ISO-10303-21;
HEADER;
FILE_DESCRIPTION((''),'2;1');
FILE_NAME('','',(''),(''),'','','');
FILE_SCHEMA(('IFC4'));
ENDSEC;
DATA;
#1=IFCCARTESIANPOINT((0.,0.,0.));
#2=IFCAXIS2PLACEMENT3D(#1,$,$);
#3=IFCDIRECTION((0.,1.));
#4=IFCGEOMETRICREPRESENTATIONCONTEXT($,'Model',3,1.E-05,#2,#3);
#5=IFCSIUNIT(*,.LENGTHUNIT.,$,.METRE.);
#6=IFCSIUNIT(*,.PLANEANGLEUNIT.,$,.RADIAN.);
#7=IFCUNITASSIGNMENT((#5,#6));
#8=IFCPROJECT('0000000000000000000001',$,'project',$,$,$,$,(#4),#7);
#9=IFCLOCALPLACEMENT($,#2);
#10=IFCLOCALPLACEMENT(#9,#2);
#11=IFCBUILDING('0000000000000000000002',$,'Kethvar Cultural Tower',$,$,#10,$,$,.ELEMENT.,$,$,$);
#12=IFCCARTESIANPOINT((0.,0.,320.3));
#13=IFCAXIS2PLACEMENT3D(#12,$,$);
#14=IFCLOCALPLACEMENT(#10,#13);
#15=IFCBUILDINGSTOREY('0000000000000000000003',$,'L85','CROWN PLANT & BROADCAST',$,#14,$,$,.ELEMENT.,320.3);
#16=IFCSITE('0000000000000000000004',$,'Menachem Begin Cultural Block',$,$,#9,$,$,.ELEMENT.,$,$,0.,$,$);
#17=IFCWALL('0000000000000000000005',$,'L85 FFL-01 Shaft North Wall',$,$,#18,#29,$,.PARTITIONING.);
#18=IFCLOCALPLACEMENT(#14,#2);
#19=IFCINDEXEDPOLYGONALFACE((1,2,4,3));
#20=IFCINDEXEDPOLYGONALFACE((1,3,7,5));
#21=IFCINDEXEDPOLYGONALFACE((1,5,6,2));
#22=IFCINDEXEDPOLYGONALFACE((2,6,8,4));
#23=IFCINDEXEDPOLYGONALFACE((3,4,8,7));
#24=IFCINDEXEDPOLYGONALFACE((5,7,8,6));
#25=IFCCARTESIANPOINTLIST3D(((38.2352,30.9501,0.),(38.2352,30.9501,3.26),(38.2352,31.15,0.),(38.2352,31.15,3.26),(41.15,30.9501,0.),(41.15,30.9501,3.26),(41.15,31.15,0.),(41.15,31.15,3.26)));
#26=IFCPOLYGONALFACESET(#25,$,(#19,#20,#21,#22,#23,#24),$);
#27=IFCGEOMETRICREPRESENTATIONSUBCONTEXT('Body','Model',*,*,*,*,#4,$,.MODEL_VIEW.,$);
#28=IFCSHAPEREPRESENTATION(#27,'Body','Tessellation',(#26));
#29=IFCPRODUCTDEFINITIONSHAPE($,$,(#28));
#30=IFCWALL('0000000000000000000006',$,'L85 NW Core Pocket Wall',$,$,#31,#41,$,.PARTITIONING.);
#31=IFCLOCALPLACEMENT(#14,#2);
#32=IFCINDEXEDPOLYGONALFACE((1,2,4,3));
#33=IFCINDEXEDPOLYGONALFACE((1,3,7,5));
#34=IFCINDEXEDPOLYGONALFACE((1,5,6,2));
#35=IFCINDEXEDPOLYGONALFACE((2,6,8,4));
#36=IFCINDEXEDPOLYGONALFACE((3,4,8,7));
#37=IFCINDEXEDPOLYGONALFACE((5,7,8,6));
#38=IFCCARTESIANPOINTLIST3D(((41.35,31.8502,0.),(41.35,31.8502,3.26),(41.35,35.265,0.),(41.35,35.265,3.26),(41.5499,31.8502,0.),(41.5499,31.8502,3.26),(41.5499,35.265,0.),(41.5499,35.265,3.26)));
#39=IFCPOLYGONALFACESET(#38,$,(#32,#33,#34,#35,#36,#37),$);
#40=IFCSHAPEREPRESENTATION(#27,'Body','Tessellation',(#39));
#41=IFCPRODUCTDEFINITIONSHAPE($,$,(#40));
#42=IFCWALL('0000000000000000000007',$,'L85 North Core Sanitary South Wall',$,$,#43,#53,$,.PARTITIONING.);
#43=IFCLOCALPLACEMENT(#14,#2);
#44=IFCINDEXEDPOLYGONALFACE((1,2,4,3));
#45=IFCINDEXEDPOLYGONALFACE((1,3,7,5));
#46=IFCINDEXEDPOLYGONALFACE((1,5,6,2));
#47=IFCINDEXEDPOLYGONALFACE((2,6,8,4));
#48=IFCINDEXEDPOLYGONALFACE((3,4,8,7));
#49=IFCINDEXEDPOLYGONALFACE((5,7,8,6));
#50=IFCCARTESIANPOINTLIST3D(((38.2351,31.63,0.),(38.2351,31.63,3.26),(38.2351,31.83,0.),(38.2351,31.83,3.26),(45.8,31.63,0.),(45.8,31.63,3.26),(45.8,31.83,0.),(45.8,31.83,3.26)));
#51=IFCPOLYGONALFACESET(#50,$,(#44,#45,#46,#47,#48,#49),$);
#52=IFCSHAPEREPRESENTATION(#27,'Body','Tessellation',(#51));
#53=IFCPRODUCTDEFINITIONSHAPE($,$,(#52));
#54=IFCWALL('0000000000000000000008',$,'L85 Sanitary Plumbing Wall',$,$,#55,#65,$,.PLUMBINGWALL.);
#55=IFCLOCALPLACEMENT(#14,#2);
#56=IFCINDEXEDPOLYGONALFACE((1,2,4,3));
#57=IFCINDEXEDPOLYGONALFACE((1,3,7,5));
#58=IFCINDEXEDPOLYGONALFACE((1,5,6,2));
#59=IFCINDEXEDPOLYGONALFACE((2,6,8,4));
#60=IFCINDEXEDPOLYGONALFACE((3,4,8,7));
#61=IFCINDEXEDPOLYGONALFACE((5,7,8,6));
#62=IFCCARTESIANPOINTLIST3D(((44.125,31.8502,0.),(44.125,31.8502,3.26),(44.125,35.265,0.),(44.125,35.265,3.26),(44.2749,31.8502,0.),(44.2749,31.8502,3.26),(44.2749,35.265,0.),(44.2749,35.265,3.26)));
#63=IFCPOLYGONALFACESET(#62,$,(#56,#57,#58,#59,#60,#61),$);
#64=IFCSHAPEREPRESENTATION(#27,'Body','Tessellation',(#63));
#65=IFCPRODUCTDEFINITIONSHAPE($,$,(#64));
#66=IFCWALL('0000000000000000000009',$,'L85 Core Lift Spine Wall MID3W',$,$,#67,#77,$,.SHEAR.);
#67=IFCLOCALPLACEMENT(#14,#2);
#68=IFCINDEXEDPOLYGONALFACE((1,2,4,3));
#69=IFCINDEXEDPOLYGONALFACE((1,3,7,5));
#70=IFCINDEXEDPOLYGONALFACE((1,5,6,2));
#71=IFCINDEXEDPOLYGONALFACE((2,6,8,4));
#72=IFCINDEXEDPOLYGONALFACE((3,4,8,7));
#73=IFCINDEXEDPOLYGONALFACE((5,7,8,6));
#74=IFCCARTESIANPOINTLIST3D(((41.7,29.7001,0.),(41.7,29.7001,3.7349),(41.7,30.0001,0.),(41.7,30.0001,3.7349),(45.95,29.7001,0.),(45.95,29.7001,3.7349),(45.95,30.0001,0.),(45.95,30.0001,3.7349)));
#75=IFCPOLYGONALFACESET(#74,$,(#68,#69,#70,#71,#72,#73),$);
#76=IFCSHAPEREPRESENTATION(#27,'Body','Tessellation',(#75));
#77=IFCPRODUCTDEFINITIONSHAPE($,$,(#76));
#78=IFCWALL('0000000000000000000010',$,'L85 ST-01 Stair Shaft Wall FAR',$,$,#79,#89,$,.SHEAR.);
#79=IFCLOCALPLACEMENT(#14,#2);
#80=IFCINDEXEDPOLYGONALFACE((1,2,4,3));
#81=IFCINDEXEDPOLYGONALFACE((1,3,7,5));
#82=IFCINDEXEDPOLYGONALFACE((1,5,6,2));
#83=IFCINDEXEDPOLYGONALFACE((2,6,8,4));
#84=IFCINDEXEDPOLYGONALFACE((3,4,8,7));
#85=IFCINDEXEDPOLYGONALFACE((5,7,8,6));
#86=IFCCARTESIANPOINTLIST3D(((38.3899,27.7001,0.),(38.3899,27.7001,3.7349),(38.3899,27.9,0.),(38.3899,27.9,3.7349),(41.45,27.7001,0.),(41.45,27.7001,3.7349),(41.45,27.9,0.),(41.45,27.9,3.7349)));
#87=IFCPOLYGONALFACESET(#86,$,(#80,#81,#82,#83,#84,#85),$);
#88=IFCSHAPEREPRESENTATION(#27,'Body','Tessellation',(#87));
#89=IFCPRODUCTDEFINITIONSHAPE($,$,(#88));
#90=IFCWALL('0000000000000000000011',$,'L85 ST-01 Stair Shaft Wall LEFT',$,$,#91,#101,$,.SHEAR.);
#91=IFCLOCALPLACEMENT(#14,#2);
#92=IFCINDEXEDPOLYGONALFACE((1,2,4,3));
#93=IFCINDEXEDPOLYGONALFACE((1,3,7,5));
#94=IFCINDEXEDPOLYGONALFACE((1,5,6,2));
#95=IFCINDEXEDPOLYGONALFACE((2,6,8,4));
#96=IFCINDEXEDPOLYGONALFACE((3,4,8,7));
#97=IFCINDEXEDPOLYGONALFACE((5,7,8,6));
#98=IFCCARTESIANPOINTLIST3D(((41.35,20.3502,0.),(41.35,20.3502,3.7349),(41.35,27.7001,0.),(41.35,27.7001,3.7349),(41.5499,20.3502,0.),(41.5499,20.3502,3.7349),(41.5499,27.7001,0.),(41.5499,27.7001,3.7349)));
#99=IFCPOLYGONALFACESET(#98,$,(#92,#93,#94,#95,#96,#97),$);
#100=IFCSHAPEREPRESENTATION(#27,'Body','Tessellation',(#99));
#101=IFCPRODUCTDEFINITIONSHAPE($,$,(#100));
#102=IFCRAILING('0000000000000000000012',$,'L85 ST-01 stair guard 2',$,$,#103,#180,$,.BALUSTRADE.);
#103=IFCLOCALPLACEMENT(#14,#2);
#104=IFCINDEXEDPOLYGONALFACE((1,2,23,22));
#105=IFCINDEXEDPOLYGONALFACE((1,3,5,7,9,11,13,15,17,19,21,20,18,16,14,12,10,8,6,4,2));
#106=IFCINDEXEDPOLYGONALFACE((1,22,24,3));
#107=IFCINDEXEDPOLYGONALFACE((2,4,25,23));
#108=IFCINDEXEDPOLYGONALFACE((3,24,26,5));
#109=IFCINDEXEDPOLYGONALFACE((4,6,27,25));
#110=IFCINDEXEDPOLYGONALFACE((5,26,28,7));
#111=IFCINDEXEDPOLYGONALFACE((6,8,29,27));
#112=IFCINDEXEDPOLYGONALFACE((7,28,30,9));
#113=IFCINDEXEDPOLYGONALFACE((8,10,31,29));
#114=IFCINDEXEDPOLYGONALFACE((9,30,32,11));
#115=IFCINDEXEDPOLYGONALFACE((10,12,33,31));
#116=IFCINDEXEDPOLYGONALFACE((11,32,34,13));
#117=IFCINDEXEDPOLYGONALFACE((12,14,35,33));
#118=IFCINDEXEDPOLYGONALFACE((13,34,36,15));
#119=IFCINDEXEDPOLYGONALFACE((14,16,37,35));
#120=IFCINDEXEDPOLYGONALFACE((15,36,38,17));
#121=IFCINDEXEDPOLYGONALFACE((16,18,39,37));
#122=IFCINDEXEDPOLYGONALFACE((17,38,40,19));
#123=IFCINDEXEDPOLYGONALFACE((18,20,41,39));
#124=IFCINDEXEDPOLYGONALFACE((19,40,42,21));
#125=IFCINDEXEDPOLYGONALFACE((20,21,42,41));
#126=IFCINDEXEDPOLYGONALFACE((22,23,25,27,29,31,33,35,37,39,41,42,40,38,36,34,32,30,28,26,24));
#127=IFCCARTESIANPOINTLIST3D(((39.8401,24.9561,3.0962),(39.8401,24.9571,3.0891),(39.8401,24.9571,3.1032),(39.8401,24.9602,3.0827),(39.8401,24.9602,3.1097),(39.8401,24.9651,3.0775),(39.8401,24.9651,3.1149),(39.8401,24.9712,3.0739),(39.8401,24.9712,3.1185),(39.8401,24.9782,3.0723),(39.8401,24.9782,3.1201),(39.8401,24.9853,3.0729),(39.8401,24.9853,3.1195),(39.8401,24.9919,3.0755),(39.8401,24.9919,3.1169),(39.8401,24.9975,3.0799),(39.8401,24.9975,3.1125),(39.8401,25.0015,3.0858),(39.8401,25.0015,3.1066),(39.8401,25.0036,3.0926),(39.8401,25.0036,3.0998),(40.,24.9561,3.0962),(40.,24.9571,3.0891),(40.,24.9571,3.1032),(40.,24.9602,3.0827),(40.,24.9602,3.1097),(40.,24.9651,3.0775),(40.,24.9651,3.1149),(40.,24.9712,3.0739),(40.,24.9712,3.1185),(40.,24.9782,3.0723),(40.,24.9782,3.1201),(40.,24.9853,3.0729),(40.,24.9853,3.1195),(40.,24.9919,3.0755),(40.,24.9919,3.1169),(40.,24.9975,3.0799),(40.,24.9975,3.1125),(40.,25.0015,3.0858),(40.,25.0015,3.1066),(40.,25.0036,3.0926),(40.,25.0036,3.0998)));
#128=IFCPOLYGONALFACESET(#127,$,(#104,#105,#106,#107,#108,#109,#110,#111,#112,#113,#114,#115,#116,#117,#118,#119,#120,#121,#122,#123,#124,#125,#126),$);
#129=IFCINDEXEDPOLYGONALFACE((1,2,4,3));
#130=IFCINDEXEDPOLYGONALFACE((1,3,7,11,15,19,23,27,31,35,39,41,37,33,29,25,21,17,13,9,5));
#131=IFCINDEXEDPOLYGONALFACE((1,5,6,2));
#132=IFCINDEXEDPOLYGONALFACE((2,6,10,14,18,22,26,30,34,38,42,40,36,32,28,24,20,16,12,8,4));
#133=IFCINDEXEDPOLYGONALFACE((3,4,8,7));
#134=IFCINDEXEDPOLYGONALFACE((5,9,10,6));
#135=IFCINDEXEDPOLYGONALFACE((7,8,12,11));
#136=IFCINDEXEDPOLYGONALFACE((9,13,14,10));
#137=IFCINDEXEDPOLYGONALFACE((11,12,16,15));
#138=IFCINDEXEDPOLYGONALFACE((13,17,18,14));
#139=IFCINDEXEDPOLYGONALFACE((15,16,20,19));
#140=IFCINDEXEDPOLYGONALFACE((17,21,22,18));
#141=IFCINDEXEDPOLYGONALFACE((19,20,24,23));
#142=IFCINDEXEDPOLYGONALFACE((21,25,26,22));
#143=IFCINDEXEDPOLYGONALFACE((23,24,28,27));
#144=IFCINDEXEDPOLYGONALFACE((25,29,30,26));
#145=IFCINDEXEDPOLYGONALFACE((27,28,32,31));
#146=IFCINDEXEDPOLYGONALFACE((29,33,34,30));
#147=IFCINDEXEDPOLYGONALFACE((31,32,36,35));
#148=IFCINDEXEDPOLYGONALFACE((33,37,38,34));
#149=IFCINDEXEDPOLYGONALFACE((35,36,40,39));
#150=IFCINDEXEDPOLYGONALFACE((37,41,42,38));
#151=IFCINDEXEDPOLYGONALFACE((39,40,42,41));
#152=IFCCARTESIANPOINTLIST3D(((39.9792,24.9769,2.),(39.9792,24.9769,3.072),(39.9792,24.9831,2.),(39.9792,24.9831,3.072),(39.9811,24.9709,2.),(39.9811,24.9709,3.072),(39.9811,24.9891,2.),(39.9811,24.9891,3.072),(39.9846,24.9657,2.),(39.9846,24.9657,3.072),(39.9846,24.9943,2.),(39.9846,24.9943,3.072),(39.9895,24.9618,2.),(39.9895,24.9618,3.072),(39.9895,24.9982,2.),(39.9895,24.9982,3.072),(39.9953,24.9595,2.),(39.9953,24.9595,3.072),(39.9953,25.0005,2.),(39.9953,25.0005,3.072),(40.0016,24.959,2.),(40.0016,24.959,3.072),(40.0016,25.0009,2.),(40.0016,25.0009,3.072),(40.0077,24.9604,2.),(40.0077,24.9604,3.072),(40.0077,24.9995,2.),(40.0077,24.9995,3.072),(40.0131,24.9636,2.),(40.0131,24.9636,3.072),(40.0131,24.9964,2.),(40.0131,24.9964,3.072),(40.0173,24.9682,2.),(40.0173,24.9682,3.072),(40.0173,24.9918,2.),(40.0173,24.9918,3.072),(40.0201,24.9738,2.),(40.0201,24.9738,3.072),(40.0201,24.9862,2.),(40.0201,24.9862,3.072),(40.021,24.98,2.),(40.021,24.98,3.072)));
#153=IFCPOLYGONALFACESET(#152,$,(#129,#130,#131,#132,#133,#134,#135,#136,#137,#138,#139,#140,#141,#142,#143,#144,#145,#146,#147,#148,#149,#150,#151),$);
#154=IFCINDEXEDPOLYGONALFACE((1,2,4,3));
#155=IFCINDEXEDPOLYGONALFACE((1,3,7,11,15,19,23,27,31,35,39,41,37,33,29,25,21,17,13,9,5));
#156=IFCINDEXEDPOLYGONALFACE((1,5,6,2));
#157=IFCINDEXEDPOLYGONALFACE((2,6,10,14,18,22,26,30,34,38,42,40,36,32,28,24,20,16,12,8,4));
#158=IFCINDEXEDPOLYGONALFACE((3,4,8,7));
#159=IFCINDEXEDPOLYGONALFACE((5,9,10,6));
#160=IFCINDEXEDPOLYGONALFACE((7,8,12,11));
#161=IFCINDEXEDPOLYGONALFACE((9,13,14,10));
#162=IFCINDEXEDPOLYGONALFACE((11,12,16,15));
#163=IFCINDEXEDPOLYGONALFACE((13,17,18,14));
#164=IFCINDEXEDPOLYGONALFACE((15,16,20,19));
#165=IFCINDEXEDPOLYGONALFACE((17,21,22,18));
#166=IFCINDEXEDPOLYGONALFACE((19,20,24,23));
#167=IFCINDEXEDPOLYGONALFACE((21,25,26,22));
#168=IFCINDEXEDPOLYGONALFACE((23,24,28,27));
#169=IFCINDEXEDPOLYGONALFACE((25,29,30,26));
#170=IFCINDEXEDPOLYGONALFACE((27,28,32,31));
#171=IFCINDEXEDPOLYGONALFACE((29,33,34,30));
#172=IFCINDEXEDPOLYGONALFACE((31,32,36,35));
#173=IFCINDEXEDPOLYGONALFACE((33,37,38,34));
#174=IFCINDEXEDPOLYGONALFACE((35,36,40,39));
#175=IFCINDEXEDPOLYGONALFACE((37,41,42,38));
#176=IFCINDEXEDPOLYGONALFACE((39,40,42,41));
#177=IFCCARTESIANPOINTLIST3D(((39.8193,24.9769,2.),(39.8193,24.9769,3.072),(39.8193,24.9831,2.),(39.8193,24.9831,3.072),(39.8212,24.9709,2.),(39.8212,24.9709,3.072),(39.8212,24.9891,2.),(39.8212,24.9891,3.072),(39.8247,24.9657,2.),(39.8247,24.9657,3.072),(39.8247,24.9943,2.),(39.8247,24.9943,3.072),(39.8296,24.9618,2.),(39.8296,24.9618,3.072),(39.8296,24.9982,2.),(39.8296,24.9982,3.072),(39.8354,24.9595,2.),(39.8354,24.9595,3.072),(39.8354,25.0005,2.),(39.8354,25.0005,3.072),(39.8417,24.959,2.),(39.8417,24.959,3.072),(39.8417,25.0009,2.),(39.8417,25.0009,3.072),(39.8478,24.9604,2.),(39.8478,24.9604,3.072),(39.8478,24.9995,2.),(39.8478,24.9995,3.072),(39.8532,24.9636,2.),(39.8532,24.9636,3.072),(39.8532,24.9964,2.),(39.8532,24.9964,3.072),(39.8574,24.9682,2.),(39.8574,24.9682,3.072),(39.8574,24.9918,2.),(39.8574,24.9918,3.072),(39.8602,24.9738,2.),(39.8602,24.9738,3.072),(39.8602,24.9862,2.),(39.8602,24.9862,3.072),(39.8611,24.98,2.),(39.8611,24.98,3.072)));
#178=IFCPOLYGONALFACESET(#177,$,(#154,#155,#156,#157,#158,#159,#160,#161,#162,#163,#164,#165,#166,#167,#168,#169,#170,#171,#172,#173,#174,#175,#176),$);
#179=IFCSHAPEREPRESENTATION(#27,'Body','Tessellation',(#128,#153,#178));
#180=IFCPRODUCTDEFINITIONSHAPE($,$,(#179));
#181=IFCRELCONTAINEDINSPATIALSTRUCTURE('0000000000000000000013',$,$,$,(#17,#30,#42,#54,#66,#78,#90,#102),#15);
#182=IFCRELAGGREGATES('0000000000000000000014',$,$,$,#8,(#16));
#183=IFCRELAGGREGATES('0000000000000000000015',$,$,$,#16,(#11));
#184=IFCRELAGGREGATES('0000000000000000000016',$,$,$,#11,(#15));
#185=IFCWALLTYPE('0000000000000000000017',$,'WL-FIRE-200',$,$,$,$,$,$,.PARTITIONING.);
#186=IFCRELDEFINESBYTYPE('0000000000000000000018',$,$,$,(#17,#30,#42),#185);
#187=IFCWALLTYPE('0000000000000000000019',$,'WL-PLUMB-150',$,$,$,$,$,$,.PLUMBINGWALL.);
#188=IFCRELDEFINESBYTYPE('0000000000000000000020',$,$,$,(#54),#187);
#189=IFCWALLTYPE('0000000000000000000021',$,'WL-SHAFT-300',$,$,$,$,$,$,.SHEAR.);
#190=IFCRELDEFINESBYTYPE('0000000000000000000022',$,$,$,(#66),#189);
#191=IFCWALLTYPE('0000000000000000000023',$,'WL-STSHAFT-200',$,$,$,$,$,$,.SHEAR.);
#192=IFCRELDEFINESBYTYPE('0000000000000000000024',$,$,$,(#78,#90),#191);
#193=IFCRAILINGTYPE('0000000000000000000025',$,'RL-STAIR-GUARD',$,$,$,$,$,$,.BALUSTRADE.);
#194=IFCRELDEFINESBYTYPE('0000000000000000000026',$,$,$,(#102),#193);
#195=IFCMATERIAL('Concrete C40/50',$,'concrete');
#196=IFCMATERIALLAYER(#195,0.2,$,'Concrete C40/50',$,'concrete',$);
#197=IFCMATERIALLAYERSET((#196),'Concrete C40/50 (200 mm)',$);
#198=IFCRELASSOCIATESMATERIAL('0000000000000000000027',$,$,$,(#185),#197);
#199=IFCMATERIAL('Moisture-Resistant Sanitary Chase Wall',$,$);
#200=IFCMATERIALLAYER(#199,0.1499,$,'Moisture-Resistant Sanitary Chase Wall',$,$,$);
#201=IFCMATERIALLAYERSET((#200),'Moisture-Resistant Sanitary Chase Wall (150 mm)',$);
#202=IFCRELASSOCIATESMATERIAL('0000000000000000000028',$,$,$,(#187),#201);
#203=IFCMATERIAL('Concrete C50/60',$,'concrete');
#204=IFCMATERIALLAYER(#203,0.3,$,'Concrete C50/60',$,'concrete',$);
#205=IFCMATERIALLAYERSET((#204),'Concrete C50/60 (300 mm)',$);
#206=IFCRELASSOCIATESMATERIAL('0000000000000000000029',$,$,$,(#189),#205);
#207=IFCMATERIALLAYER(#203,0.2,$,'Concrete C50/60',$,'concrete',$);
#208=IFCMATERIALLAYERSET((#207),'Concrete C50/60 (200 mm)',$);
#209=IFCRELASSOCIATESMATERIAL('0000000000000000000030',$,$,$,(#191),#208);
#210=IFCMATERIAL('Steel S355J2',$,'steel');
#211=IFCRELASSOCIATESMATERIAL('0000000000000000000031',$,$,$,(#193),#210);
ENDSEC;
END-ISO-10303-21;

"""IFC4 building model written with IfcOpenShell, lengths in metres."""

from ifc_helpers import new_model, si_unit, direction, frame, frame_2d, origin, origin_2d, place, context, subcontext, project, spatial, rectangle, circle, extrude, material, layer, layer_set, type_object, element, save


model = new_model("IFC4")

# Units and contexts
model_context = context("Model", 3, precision=1e-05, world=origin(), true_north=direction((0.0, 1.0)))
body_context = subcontext(model_context, "Body", "Model", "MODEL_VIEW")
ifc_project = project(units=[si_unit("LENGTHUNIT", "METRE"), si_unit("PLANEANGLEUNIT", "RADIAN")], contexts=[model_context])

# Site, building, storey
site_placement = place(None, origin())
site = spatial("IfcSite", under=ifc_project, at=site_placement, Name="Menachem Begin Cultural Block", CompositionType="ELEMENT", RefElevation=0.0)
building_placement = place(site_placement, origin())
building = spatial("IfcBuilding", under=site, at=building_placement, Name="Kethvar Cultural Tower", CompositionType="ELEMENT")
storey_placement = place(building_placement, frame((0.0, 0.0, 320.3)))
storey = spatial("IfcBuildingStorey", under=building, at=storey_placement, Name="L85", Description="CROWN PLANT & BROADCAST", CompositionType="ELEMENT", Elevation=320.3)

# Shared definitions
ifc_material_1 = material(Name="Steel S355J2", Category="steel")

# Shared definitions
ifc_material_2 = material(Name="Concrete C50/60", Category="concrete")

# Walls
ifc_material_3 = material(Name="Concrete C40/50", Category="concrete")
ifc_layer_1 = layer(ifc_material_3, 0.2, Name="Concrete C40/50", Category="concrete")
ifc_layer_set_1 = layer_set([ifc_layer_1], Name="Concrete C40/50 (200 mm)")
wall_type_1 = type_object("IfcWallType", Name="WL-FIRE-200", PredefinedType="PARTITIONING", material=ifc_layer_set_1)
for number, where, z_axis, x_axis, name in (
    (1, (38.2351, 31.05, 0.0), (0.0, 0.0, 1.0), (1.0, 0.0, 0.0), "L85 FFL-01 Shaft North Wall"),
):
    element("IfcWall", number, at=place(storey_placement, frame(where, z_axis=z_axis, x_axis=x_axis)), inside=storey, type_object=wall_type_1, Name=name, PredefinedType="PARTITIONING", context=body_context, shape_type="SweptSolid", body=[
        extrude(rectangle(XDim=2.9148, YDim=0.2, at=frame_2d((1.4575, 0.0))), origin(), (0.0, 0.0, 1.0), 3.26),
    ])
wall_1_placement = place(storey_placement, frame((41.45, 31.8501, 0.0), z_axis=(0.0, 0.0, 1.0), x_axis=(0.0, 1.0, 0.0)))
element("IfcWall", 2, at=wall_1_placement, inside=storey, type_object=wall_type_1, Name="L85 NW Core Pocket Wall", PredefinedType="PARTITIONING", context=body_context, shape_type="SweptSolid", body=[
    extrude(rectangle(XDim=3.4148, YDim=0.2, at=frame_2d((1.7075, 0.0))), origin(), (0.0, 0.0, 1.0), 3.26),
])
wall_2_placement = place(storey_placement, frame((38.2351, 31.73, 0.0), z_axis=(0.0, 0.0, 1.0), x_axis=(1.0, 0.0, 0.0)))
element("IfcWall", 3, at=wall_2_placement, inside=storey, type_object=wall_type_1, Name="L85 North Core Sanitary South Wall", PredefinedType="PARTITIONING", context=body_context, shape_type="SweptSolid", body=[
    extrude(rectangle(XDim=7.5649, YDim=0.2, at=frame_2d((3.7825, 0.0))), origin(), (0.0, 0.0, 1.0), 3.26),
])
ifc_material_4 = material(Name="Moisture-Resistant Sanitary Chase Wall")
ifc_layer_2 = layer(ifc_material_4, 0.1499, Name="Moisture-Resistant Sanitary Chase Wall")
ifc_layer_set_2 = layer_set([ifc_layer_2], Name="Moisture-Resistant Sanitary Chase Wall (150 mm)")
wall_type_2 = type_object("IfcWallType", Name="WL-PLUMB-150", PredefinedType="PLUMBINGWALL", material=ifc_layer_set_2)
wall_3_placement = place(storey_placement, frame((44.2, 31.8501, 0.0), z_axis=(0.0, 0.0, 1.0), x_axis=(0.0, 1.0, 0.0)))
element("IfcWall", 4, at=wall_3_placement, inside=storey, type_object=wall_type_2, Name="L85 Sanitary Plumbing Wall", PredefinedType="PLUMBINGWALL", context=body_context, shape_type="SweptSolid", body=[
    extrude(rectangle(XDim=3.4148, YDim=0.1499, at=frame_2d((1.7075, 0.0))), origin(), (0.0, 0.0, 1.0), 3.26),
])
ifc_layer_3 = layer(ifc_material_2, 0.3, Name="Concrete C50/60", Category="concrete")
ifc_layer_set_3 = layer_set([ifc_layer_3], Name="Concrete C50/60 (300 mm)")
wall_type_3 = type_object("IfcWallType", Name="WL-SHAFT-300", PredefinedType="SHEAR", material=ifc_layer_set_3)
wall_4_placement = place(storey_placement, frame((41.7, 29.8501, 0.0), z_axis=(0.0, 0.0, 1.0), x_axis=(1.0, 0.0, 0.0)))
element("IfcWall", 5, at=wall_4_placement, inside=storey, type_object=wall_type_3, Name="L85 Core Lift Spine Wall MID3W", PredefinedType="SHEAR", context=body_context, shape_type="SweptSolid", body=[
    extrude(rectangle(XDim=4.25, YDim=0.3, at=frame_2d((2.125, 0.0))), origin(), (0.0, 0.0, 1.0), 3.7349),
])
ifc_layer_4 = layer(ifc_material_2, 0.2, Name="Concrete C50/60", Category="concrete")
ifc_layer_set_4 = layer_set([ifc_layer_4], Name="Concrete C50/60 (200 mm)")
wall_type_4 = type_object("IfcWallType", Name="WL-STSHAFT-200", PredefinedType="SHEAR", material=ifc_layer_set_4)
wall_5_placement = place(storey_placement, frame((38.3899, 27.8, 0.0), z_axis=(0.0, 0.0, 1.0), x_axis=(1.0, 0.0, 0.0)))
element("IfcWall", 6, at=wall_5_placement, inside=storey, type_object=wall_type_4, Name="L85 ST-01 Stair Shaft Wall FAR", PredefinedType="SHEAR", context=body_context, shape_type="SweptSolid", body=[
    extrude(rectangle(XDim=3.0601, YDim=0.2, at=frame_2d((1.53, 0.0))), origin(), (0.0, 0.0, 1.0), 3.7349),
])
wall_6_placement = place(storey_placement, frame((41.45, 27.7, 0.0), z_axis=(0.0, 0.0, 1.0), x_axis=(0.0, -1.0, 0.0)))
element("IfcWall", 7, at=wall_6_placement, inside=storey, type_object=wall_type_4, Name="L85 ST-01 Stair Shaft Wall LEFT", PredefinedType="SHEAR", context=body_context, shape_type="SweptSolid", body=[
    extrude(rectangle(XDim=7.3499, YDim=0.2, at=frame_2d((3.6748, 0.0))), origin(), (0.0, 0.0, 1.0), 3.7349),
])

# Railing
railing_type = type_object("IfcRailingType", Name="RL-STAIR-GUARD", PredefinedType="BALUSTRADE", material=ifc_material_1)
railing_placement = place(storey_placement, frame((40.0, 24.98, 2.0)))
element("IfcRailing", 8, at=railing_placement, inside=storey, type_object=railing_type, Name="L85 ST-01 stair guard 2", PredefinedType="BALUSTRADE", context=body_context, shape_type="SweptSolid", body=[
    extrude(circle(Radius=0.0239, at=origin_2d()), frame((0.0, 0.0, 1.0962), z_axis=(-1.0, 0.0, 0.0), x_axis=(0.0, -1.0, 0.0)), (0.0, 0.0, 1.0), 0.1599),
    extrude(circle(Radius=0.021, at=origin_2d()), origin(), (0.0, 0.0, 1.0), 1.072),
    extrude(circle(Radius=0.021, at=origin_2d()), frame((-0.1599, 0.0, 0.0)), (0.0, 0.0, 1.0), 1.072),
])

save(model, "model.ifc")
